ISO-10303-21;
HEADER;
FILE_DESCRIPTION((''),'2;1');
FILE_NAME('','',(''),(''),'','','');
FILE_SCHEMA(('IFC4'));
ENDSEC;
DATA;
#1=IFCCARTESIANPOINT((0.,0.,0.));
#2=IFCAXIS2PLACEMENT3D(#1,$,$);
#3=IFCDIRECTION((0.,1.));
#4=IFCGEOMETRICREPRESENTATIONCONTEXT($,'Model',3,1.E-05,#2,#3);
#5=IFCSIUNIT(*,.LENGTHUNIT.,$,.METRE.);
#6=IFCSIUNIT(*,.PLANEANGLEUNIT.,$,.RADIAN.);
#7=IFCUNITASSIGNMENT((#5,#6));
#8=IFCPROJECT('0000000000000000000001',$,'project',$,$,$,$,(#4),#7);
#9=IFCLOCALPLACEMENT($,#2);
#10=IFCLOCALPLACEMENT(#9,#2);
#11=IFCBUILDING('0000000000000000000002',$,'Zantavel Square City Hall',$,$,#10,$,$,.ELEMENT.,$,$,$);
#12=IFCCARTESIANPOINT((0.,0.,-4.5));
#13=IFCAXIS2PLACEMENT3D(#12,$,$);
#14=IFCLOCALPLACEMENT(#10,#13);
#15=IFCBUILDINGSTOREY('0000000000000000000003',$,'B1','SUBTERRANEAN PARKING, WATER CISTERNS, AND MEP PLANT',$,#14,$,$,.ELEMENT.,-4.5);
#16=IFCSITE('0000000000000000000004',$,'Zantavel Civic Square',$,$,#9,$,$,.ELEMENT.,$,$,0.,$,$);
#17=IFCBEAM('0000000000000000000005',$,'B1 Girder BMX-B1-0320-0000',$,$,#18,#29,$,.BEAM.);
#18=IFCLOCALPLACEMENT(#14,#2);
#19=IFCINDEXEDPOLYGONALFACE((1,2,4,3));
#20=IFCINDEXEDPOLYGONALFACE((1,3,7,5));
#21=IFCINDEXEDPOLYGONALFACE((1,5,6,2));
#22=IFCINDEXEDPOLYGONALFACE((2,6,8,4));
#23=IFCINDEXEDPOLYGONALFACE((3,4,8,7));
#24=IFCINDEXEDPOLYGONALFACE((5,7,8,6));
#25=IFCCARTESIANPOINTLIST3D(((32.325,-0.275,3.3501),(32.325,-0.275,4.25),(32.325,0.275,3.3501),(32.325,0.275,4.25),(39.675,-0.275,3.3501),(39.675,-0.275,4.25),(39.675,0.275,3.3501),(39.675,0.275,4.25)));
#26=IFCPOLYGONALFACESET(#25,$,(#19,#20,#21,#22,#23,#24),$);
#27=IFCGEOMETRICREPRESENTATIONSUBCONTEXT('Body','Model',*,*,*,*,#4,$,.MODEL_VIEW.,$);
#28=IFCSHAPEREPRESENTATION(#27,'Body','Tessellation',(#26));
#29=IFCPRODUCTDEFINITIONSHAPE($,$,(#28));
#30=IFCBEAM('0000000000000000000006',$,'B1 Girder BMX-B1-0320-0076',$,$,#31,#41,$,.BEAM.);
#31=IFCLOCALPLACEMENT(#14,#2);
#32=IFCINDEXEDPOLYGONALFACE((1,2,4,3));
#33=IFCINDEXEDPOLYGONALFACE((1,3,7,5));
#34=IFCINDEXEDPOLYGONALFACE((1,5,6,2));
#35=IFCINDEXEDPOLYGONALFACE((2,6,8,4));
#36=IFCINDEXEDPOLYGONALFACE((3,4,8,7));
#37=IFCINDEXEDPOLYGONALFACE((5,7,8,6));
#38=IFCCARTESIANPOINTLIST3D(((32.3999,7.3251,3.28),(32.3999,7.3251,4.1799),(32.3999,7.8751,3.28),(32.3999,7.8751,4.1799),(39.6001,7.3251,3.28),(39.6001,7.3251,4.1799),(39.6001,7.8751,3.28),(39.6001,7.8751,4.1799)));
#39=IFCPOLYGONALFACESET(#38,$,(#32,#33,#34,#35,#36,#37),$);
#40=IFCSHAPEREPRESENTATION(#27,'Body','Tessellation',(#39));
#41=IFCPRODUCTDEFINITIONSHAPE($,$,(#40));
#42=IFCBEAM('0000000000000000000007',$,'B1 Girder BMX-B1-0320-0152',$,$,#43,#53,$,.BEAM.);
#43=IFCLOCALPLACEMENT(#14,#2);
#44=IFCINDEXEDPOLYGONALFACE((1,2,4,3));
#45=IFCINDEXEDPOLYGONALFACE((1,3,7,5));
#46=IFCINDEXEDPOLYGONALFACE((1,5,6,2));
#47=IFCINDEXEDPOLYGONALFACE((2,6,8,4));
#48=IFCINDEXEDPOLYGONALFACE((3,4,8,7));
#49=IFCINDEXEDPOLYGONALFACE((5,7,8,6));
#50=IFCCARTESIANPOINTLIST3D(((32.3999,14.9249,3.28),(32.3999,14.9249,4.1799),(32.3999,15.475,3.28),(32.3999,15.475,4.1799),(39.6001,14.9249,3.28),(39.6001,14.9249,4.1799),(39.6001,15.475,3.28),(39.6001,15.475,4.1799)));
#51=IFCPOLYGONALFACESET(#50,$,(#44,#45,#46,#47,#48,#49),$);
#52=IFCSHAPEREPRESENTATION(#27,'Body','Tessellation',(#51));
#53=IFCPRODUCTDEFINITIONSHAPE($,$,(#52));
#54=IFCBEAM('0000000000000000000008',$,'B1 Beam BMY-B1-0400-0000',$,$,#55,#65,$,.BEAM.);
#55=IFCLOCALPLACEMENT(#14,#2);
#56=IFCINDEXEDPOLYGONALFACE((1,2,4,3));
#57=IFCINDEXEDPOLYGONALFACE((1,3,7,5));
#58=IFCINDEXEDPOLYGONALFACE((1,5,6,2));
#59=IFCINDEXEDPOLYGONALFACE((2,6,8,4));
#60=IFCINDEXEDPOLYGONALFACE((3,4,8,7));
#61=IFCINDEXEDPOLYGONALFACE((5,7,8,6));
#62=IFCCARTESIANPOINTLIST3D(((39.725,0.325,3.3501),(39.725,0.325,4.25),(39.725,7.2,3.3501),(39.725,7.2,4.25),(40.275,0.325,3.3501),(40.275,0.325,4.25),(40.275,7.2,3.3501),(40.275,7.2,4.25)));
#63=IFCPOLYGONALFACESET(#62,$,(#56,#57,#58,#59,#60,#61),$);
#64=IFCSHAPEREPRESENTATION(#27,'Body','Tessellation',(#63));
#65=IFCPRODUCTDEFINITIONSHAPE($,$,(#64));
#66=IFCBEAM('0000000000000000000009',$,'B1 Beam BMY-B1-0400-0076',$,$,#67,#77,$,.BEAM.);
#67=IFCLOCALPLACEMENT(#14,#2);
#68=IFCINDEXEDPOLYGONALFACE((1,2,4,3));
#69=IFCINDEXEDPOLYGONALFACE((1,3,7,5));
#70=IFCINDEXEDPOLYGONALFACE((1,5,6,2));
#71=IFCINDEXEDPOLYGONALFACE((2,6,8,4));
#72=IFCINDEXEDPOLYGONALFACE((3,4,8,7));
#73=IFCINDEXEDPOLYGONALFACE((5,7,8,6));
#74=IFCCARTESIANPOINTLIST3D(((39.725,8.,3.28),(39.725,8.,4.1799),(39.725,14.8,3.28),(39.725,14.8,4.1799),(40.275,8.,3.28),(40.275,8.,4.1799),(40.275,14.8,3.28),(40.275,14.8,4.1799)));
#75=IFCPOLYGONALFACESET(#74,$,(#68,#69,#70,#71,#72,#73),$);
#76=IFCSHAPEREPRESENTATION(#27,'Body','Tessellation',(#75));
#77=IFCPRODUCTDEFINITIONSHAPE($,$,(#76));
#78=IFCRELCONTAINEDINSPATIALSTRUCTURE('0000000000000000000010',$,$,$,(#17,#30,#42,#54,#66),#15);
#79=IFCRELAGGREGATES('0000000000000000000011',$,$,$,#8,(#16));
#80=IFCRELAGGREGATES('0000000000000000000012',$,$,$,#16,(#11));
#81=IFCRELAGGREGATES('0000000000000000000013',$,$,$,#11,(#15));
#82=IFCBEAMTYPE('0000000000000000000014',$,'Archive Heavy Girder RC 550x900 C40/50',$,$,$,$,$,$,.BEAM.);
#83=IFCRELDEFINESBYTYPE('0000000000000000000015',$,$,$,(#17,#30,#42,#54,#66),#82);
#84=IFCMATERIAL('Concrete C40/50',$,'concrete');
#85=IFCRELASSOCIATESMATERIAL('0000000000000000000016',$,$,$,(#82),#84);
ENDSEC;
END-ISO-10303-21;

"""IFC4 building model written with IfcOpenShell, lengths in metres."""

from ifc_helpers import new_model, si_unit, direction, frame, origin, origin_2d, place, context, subcontext, project, spatial, rectangle, extrude, material, material_profile, profile_set, type_object, element, save


model = new_model("IFC4")

# Units and contexts
model_context = context("Model", 3, precision=1e-05, world=origin(), true_north=direction((0.0, 1.0)))
body_context = subcontext(model_context, "Body", "Model", "MODEL_VIEW")
ifc_project = project(units=[si_unit("LENGTHUNIT", "METRE"), si_unit("PLANEANGLEUNIT", "RADIAN")], contexts=[model_context])

# Site, building, storey
site_placement = place(None, origin())
site = spatial("IfcSite", under=ifc_project, at=site_placement, Name="Zantavel Civic Square", CompositionType="ELEMENT", RefElevation=0.0)
building_placement = place(site_placement, origin())
building = spatial("IfcBuilding", under=site, at=building_placement, Name="Zantavel Square City Hall", CompositionType="ELEMENT")
storey_placement = place(building_placement, frame((0.0, 0.0, -4.5)))
storey = spatial("IfcBuildingStorey", under=building, at=storey_placement, Name="B1", Description="SUBTERRANEAN PARKING, WATER CISTERNS, AND MEP PLANT", CompositionType="ELEMENT", Elevation=-4.5)

# Shared definitions
ifc_material_1 = material(Name="Concrete C40/50", Category="concrete")

# Beams
ifc_material_profile_1 = material_profile(ifc_material_1, rectangle(XDim=0.55, YDim=0.8999, at=origin_2d()), Name="RC 550x900")
ifc_profile_set_1 = profile_set([ifc_material_profile_1], Name="Concrete C40/50")
beam_type_1 = type_object("IfcBeamType", Name="Archive Heavy Girder RC 550x900 C40/50", PredefinedType="BEAM", material=ifc_profile_set_1)
beam_1_placement = place(storey_placement, frame((32.325, 0.0, 3.8), z_axis=(1.0, 0.0, 0.0), x_axis=(0.0, 1.0, 0.0)))
element("IfcBeam", 1, at=beam_1_placement, inside=storey, type_object=beam_type_1, Name="B1 Girder BMX-B1-0320-0000", PredefinedType="BEAM", context=body_context, shape_type="SweptSolid", body=[
    extrude(rectangle(XDim=0.55, YDim=0.8999, at=origin_2d()), origin(), (0.0, 0.0, 1.0), 7.3501),
])
for number, where, z_axis, x_axis, name in (
    (2, (32.3999, 7.6001, 3.73), (1.0, 0.0, 0.0), (0.0, 1.0, 0.0), "B1 Girder BMX-B1-0320-0076"),
    (3, (32.3999, 15.2, 3.73), (1.0, 0.0, 0.0), (0.0, 1.0, 0.0), "B1 Girder BMX-B1-0320-0152"),
):
    element("IfcBeam", number, at=place(storey_placement, frame(where, z_axis=z_axis, x_axis=x_axis)), inside=storey, type_object=beam_type_1, Name=name, PredefinedType="BEAM", context=body_context, shape_type="SweptSolid", body=[
        extrude(rectangle(XDim=0.55, YDim=0.8999, at=origin_2d()), origin(), (0.0, 0.0, 1.0), 7.2002),
    ])
beam_2_placement = place(storey_placement, frame((40.0, 0.325, 3.8), z_axis=(0.0, 1.0, 0.0), x_axis=(-1.0, 0.0, 0.0)))
element("IfcBeam", 4, at=beam_2_placement, inside=storey, type_object=beam_type_1, Name="B1 Beam BMY-B1-0400-0000", PredefinedType="BEAM", context=body_context, shape_type="SweptSolid", body=[
    extrude(rectangle(XDim=0.55, YDim=0.8999, at=origin_2d()), origin(), (0.0, 0.0, 1.0), 6.875),
])
beam_3_placement = place(storey_placement, frame((40.0, 8.0, 3.73), z_axis=(0.0, 1.0, 0.0), x_axis=(-1.0, 0.0, 0.0)))
element("IfcBeam", 5, at=beam_3_placement, inside=storey, type_object=beam_type_1, Name="B1 Beam BMY-B1-0400-0076", PredefinedType="BEAM", context=body_context, shape_type="SweptSolid", body=[
    extrude(rectangle(XDim=0.55, YDim=0.8999, at=origin_2d()), origin(), (0.0, 0.0, 1.0), 6.8),
])

save(model, "model.ifc")
